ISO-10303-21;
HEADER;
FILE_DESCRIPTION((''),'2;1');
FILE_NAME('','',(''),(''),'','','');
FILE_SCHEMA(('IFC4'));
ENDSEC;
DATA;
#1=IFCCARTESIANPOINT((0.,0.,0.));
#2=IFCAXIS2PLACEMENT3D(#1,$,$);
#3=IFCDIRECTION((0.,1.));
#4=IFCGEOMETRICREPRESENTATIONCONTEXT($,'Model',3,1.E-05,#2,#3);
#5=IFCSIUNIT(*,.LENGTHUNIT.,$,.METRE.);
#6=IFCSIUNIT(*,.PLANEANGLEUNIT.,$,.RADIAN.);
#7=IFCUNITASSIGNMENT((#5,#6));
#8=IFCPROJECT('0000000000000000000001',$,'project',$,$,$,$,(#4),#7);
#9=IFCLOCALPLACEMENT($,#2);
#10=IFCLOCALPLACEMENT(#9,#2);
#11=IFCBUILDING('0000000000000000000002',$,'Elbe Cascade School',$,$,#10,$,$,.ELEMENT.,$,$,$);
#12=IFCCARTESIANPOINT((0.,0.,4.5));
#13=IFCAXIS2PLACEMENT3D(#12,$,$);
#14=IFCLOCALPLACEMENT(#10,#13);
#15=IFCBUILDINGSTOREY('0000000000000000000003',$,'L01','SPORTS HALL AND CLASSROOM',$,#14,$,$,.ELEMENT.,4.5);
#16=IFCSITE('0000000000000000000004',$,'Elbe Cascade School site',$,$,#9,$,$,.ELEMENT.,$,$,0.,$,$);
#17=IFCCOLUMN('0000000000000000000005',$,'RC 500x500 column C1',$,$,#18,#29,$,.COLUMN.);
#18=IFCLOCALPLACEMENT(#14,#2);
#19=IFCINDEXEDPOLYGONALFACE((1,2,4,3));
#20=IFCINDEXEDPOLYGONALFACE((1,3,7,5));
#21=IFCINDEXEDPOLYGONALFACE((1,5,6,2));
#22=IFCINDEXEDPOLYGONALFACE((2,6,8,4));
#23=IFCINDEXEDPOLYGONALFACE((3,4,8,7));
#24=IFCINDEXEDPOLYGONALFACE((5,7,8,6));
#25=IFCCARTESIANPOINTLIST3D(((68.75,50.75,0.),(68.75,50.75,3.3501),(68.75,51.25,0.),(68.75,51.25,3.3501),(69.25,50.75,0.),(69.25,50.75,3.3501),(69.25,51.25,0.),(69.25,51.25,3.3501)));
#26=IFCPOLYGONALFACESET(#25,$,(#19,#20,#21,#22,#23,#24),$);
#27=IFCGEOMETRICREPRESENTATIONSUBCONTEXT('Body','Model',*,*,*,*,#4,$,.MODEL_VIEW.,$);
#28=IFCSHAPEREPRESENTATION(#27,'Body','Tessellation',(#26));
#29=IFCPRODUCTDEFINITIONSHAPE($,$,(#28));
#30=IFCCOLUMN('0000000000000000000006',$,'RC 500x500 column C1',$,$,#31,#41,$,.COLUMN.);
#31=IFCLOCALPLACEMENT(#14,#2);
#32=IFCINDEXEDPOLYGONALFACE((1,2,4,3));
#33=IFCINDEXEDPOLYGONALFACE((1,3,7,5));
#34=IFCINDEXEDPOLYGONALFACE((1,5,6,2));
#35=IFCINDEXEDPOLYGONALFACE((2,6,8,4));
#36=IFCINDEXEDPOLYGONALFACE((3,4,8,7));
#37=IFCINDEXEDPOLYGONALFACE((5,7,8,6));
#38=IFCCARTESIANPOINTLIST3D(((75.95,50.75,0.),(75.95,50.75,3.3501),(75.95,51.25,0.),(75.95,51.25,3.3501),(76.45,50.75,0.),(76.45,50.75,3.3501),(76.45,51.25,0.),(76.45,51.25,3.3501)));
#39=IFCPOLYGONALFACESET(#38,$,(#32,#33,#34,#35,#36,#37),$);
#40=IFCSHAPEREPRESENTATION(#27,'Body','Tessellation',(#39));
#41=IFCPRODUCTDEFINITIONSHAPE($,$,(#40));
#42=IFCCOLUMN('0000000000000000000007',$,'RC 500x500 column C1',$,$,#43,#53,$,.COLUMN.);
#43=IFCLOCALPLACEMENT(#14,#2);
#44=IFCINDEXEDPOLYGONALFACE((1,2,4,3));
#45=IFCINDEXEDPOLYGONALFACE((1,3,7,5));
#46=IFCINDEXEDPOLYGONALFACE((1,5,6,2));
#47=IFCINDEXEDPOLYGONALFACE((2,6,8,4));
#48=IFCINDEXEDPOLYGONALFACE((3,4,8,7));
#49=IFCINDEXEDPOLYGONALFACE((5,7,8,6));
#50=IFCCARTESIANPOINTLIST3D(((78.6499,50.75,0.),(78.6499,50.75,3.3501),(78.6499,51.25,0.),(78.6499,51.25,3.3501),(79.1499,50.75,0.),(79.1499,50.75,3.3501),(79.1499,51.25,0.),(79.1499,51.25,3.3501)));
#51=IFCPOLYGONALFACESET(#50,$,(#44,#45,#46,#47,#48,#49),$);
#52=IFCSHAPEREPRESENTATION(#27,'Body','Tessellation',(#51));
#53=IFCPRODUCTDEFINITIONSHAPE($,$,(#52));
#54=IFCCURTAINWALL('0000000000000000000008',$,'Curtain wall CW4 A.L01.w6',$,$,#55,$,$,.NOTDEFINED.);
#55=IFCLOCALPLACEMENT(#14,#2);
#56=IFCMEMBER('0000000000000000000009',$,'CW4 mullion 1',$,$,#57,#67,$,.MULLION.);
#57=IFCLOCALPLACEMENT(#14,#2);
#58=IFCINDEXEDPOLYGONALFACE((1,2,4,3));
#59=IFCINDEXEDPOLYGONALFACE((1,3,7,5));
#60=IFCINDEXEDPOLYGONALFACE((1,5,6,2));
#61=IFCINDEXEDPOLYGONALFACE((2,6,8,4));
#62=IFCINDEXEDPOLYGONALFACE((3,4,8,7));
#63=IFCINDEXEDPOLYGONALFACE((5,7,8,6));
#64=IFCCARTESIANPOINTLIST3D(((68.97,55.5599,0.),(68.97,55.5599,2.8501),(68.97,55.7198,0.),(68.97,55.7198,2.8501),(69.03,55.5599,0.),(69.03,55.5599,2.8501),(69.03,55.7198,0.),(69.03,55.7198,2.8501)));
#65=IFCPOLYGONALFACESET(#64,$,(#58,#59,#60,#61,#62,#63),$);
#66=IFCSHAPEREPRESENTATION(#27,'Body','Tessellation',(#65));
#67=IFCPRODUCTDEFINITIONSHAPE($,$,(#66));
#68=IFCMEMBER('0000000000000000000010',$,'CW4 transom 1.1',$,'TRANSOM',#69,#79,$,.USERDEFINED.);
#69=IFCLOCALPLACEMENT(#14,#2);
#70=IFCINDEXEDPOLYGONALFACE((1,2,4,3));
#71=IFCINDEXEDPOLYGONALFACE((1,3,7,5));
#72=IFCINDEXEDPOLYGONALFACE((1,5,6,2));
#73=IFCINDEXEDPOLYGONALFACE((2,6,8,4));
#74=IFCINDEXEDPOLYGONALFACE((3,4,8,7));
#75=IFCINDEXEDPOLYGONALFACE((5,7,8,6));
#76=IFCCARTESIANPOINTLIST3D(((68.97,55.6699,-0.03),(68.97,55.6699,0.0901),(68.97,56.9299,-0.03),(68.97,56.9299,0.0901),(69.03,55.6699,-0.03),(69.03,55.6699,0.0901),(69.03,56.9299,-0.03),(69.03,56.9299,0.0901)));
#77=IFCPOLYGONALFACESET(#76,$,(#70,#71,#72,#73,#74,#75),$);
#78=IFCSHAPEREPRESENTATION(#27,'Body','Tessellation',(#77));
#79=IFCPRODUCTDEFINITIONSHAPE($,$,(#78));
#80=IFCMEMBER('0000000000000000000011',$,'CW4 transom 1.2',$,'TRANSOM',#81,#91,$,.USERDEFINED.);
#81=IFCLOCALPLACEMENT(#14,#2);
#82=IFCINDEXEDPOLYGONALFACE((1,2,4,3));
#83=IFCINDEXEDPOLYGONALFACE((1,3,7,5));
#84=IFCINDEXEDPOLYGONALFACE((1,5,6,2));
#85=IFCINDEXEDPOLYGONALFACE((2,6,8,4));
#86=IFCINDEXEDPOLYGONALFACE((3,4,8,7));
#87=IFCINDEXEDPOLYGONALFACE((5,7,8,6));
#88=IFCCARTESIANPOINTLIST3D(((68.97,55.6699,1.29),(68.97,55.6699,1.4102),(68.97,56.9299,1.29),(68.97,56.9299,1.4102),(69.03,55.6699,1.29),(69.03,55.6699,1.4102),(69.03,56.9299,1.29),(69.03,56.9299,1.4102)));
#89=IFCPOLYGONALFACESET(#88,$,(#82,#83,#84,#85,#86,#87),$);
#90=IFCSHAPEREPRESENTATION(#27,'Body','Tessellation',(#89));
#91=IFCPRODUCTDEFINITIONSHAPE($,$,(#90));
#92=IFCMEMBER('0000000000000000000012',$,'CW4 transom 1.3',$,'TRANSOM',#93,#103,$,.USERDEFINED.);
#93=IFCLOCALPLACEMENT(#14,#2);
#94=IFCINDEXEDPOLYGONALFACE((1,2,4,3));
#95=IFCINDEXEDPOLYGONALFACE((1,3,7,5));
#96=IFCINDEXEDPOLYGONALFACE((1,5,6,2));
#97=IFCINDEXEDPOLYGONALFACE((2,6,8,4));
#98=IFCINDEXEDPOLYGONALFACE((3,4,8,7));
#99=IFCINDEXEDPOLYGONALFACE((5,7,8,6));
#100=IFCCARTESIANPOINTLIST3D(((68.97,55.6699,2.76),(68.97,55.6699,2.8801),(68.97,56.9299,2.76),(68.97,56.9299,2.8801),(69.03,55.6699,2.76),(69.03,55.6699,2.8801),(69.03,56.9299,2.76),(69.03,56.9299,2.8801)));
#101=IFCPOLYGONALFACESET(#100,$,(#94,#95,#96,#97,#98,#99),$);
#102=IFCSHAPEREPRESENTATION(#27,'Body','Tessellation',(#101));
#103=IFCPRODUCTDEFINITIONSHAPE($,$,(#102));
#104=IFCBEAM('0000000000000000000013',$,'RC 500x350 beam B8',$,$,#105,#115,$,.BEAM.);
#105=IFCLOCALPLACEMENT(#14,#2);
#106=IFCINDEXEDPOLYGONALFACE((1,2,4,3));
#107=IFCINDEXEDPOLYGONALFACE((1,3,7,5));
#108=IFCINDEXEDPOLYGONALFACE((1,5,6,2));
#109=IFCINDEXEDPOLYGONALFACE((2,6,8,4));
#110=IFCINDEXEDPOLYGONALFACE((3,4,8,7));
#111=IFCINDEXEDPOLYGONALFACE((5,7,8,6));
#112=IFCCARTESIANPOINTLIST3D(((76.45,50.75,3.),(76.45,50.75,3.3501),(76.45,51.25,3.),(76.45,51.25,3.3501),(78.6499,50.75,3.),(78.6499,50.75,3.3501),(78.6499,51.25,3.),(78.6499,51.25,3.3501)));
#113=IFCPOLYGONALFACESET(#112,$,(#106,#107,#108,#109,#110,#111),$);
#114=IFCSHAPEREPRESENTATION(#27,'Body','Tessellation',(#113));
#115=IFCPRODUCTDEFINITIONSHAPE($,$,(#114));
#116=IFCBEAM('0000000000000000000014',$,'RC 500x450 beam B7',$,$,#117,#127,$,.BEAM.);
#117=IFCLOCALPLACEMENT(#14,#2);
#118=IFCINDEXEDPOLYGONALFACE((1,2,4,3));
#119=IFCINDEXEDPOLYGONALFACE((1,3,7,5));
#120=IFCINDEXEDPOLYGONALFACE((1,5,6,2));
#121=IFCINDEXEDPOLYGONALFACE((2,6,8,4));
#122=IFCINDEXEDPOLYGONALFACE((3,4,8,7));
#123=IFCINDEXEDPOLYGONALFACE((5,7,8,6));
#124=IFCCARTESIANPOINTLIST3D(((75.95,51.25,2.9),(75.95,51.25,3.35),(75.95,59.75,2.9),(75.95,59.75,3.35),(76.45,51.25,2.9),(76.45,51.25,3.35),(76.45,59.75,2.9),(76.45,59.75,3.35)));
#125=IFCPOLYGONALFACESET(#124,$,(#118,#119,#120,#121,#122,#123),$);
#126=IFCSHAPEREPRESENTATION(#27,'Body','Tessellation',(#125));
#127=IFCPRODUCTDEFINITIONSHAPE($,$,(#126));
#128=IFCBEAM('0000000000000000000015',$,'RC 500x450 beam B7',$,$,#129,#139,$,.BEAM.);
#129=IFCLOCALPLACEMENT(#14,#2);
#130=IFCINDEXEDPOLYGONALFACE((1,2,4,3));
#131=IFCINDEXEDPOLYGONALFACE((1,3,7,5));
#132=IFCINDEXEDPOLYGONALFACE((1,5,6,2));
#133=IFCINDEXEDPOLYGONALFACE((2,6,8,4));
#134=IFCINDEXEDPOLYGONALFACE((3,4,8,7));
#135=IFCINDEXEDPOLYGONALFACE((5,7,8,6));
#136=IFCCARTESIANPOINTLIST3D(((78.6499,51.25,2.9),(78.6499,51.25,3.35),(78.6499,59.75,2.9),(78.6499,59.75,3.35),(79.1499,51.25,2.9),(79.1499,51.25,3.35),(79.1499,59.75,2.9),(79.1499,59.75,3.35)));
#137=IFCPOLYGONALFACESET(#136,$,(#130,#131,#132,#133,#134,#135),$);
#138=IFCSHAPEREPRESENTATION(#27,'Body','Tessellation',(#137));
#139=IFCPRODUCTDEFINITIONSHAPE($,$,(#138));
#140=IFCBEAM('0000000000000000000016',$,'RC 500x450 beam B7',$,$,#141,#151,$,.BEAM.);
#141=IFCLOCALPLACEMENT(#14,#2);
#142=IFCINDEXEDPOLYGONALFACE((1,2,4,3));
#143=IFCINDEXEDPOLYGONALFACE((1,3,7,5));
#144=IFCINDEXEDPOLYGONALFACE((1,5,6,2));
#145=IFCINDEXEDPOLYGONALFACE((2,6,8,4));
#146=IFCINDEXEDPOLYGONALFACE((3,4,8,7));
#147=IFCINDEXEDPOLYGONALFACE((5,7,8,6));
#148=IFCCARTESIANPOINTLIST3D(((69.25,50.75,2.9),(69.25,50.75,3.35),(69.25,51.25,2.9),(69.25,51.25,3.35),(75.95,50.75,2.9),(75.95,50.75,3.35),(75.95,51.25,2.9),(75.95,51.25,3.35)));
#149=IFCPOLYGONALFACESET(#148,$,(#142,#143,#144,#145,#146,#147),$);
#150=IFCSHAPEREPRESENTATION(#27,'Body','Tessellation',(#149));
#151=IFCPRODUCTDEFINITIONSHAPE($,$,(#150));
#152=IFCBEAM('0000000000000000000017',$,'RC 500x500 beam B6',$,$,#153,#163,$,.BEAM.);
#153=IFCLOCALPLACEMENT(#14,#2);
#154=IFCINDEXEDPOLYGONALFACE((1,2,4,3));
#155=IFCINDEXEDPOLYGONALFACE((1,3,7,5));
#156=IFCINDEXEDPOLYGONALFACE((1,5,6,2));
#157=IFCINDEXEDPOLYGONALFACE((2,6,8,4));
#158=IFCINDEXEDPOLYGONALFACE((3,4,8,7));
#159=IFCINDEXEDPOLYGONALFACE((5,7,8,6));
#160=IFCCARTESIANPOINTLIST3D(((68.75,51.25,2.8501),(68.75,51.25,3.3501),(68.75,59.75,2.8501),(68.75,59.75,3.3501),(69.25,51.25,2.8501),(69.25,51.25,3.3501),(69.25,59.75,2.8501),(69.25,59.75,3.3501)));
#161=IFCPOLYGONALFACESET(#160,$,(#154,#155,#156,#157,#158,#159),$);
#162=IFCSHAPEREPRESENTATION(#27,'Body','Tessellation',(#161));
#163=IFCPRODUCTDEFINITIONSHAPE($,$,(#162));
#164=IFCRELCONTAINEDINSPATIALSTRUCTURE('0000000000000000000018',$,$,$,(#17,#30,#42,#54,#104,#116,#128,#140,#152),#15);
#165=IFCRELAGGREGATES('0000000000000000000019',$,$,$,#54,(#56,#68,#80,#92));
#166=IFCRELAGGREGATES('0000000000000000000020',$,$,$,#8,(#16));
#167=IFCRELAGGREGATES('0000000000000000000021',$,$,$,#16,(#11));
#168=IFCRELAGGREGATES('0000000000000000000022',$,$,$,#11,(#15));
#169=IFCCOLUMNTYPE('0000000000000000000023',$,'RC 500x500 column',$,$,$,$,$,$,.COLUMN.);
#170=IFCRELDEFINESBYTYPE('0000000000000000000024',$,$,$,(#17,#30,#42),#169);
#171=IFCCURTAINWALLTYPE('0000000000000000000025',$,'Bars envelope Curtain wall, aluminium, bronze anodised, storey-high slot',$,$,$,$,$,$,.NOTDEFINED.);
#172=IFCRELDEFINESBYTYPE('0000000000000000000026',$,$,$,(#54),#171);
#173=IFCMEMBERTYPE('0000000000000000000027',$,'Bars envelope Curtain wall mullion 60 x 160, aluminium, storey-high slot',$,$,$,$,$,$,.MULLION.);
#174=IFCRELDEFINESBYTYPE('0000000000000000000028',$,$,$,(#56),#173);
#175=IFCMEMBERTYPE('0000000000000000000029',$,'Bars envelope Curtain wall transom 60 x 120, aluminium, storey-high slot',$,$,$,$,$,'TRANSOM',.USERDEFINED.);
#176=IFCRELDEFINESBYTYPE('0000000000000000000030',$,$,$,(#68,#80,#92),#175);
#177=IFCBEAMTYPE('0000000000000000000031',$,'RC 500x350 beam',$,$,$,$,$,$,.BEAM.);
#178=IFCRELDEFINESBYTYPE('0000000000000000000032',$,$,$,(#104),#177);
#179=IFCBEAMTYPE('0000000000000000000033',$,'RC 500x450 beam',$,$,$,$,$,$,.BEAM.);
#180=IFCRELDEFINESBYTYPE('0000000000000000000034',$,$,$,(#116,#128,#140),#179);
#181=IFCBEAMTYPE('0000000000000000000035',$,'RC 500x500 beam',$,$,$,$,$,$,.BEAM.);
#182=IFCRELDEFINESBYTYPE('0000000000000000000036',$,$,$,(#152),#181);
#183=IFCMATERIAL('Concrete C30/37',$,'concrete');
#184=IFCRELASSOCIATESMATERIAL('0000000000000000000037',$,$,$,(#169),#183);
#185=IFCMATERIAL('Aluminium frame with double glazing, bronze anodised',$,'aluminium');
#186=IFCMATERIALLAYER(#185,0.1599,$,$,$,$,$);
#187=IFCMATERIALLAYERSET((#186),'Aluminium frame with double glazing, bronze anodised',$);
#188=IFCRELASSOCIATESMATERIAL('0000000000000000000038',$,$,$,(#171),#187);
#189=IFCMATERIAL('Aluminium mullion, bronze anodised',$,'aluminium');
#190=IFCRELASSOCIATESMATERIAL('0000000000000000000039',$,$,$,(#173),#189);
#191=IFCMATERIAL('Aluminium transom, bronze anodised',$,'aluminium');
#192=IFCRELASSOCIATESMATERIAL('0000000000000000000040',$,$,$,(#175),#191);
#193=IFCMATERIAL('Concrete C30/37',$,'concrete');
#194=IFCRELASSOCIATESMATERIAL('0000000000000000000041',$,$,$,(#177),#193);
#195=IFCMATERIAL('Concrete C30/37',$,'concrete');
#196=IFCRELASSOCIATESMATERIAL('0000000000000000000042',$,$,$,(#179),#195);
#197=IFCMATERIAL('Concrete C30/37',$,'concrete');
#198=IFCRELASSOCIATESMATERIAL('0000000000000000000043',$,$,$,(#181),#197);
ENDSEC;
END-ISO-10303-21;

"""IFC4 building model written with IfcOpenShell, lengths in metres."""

from ifc_helpers import new_model, si_unit, direction, frame, origin, origin_2d, place, context, subcontext, project, spatial, rectangle, extrude, material, layer, layer_set, material_profile, profile_set, type_object, element, aggregate, save


model = new_model("IFC4")

# Units and contexts
model_context = context("Model", 3, precision=1e-05, world=origin(), true_north=direction((0.0, 1.0)))
body_context = subcontext(model_context, "Body", "Model", "MODEL_VIEW")
ifc_project = project(units=[si_unit("LENGTHUNIT", "METRE"), si_unit("PLANEANGLEUNIT", "RADIAN")], contexts=[model_context])

# Site, building, storey
site_placement = place(None, origin())
site = spatial("IfcSite", under=ifc_project, at=site_placement, Name="Elbe Cascade School site", CompositionType="ELEMENT", RefElevation=0.0)
building_placement = place(site_placement, origin())
building = spatial("IfcBuilding", under=site, at=building_placement, Name="Elbe Cascade School", CompositionType="ELEMENT")
storey_placement = place(building_placement, frame((0.0, 0.0, 4.5)))
storey = spatial("IfcBuildingStorey", under=building, at=storey_placement, Name="L01", Description="SPORTS HALL AND CLASSROOM", CompositionType="ELEMENT", Elevation=4.5)

# Columns
ifc_material_1 = material(Name="Concrete C30/37", Category="concrete")
ifc_material_profile_1 = material_profile(ifc_material_1, rectangle(XDim=0.5, YDim=0.5, at=origin_2d()), Name="RC 500x500")
ifc_profile_set_1 = profile_set([ifc_material_profile_1], Name="Concrete C30/37")
column_type = type_object("IfcColumnType", Name="RC 500x500 column", PredefinedType="COLUMN", material=ifc_profile_set_1)
for number, where, z_axis, x_axis, name in (
    (1, (69.0, 51.0, 0.0), (0.0, 0.0, 1.0), (1.0, 0.0, 0.0), "RC 500x500 column C1"),
    (2, (76.2, 51.0, 0.0), (0.0, 0.0, 1.0), (1.0, 0.0, 0.0), "RC 500x500 column C1"),
    (3, (78.8999, 51.0, 0.0), (0.0, 0.0, 1.0), (1.0, 0.0, 0.0), "RC 500x500 column C1"),
):
    element("IfcColumn", number, at=place(storey_placement, frame(where, z_axis=z_axis, x_axis=x_axis)), inside=storey, type_object=column_type, Name=name, PredefinedType="COLUMN", context=body_context, shape_type="SweptSolid", body=[
        extrude(rectangle(XDim=0.5, YDim=0.5, at=origin_2d()), origin(), (0.0, 0.0, 1.0), 3.3501),
    ])

# Curtain wall, members
ifc_material_2 = material(Name="Aluminium frame with double glazing, bronze anodised", Category="aluminium")
ifc_layer_1 = layer(ifc_material_2, 0.1599)
ifc_layer_set_1 = layer_set([ifc_layer_1], Name="Aluminium frame with double glazing, bronze anodised")
curtain_wall_type = type_object("IfcCurtainWallType", Name="Bars envelope Curtain wall, aluminium, bronze anodised, storey-high slot", PredefinedType="NOTDEFINED", material=ifc_layer_set_1)
curtain_wall_placement = place(storey_placement, origin())
curtain_wall = element("IfcCurtainWall", 4, at=curtain_wall_placement, inside=storey, type_object=curtain_wall_type, Name="Curtain wall CW4 A.L01.w6", PredefinedType="NOTDEFINED")
ifc_material_3 = material(Name="Aluminium mullion, bronze anodised", Category="aluminium")
ifc_material_profile_2 = material_profile(ifc_material_3, rectangle(XDim=0.0601, YDim=0.1599, at=origin_2d()), Name="Bars envelope Curtain wall mullion 60 x 160, aluminium, storey-high slot")
ifc_profile_set_2 = profile_set([ifc_material_profile_2], Name="Aluminium mullion, bronze anodised")
member_type_1 = type_object("IfcMemberType", Name="Bars envelope Curtain wall mullion 60 x 160, aluminium, storey-high slot", PredefinedType="MULLION", material=ifc_profile_set_2)
member_1_placement = place(storey_placement, frame((69.0, 55.6399, 0.0), z_axis=(0.0, 0.0, 1.0), x_axis=(-1.0, 0.0, 0.0)))
member_1 = element("IfcMember", 5, at=member_1_placement, type_object=member_type_1, Name="CW4 mullion 1", PredefinedType="MULLION", context=body_context, shape_type="SweptSolid", body=[
    extrude(rectangle(XDim=0.0601, YDim=0.1599, at=origin_2d()), origin(), (0.0, 0.0, 1.0), 2.8501),
])
ifc_material_4 = material(Name="Aluminium transom, bronze anodised", Category="aluminium")
ifc_material_profile_3 = material_profile(ifc_material_4, rectangle(XDim=0.0601, YDim=0.1201, at=origin_2d()), Name="Bars envelope Curtain wall transom 60 x 120, aluminium, storey-high slot")
ifc_profile_set_3 = profile_set([ifc_material_profile_3], Name="Aluminium transom, bronze anodised")
member_type_2 = type_object("IfcMemberType", Name="Bars envelope Curtain wall transom 60 x 120, aluminium, storey-high slot", ElementType="TRANSOM", PredefinedType="USERDEFINED", material=ifc_profile_set_3)
member_2_placement = place(storey_placement, frame((69.0, 55.6699, 0.03), z_axis=(0.0, 1.0, 0.0), x_axis=(-1.0, 0.0, 0.0)))
member_2 = element("IfcMember", 6, at=member_2_placement, type_object=member_type_2, Name="CW4 transom 1.1", ObjectType="TRANSOM", PredefinedType="USERDEFINED", context=body_context, shape_type="SweptSolid", body=[
    extrude(rectangle(XDim=0.0601, YDim=0.1201, at=origin_2d()), origin(), (0.0, 0.0, 1.0), 1.26),
])
member_3_placement = place(storey_placement, frame((69.0, 55.6699, 1.3501), z_axis=(0.0, 1.0, 0.0), x_axis=(-1.0, 0.0, 0.0)))
member_3 = element("IfcMember", 7, at=member_3_placement, type_object=member_type_2, Name="CW4 transom 1.2", ObjectType="TRANSOM", PredefinedType="USERDEFINED", context=body_context, shape_type="SweptSolid", body=[
    extrude(rectangle(XDim=0.0601, YDim=0.1201, at=origin_2d()), origin(), (0.0, 0.0, 1.0), 1.26),
])
member_4_placement = place(storey_placement, frame((69.0, 55.6699, 2.8201), z_axis=(0.0, 1.0, 0.0), x_axis=(-1.0, 0.0, 0.0)))
member_4 = element("IfcMember", 8, at=member_4_placement, type_object=member_type_2, Name="CW4 transom 1.3", ObjectType="TRANSOM", PredefinedType="USERDEFINED", context=body_context, shape_type="SweptSolid", body=[
    extrude(rectangle(XDim=0.0601, YDim=0.1201, at=origin_2d()), origin(), (0.0, 0.0, 1.0), 1.26),
])
aggregate(curtain_wall, [member_1, member_2, member_3, member_4])

# Beams
ifc_material_5 = material(Name="Concrete C30/37", Category="concrete")
ifc_material_profile_4 = material_profile(ifc_material_5, rectangle(XDim=0.5, YDim=0.3501, at=origin_2d()), Name="RC 500x350")
ifc_profile_set_4 = profile_set([ifc_material_profile_4], Name="Concrete C30/37")
beam_type_1 = type_object("IfcBeamType", Name="RC 500x350 beam", PredefinedType="BEAM", material=ifc_profile_set_4)
beam_1_placement = place(storey_placement, frame((76.45, 51.0, 3.175), z_axis=(1.0, 0.0, 0.0), x_axis=(0.0, 1.0, 0.0)))
element("IfcBeam", 9, at=beam_1_placement, inside=storey, type_object=beam_type_1, Name="RC 500x350 beam B8", PredefinedType="BEAM", context=body_context, shape_type="SweptSolid", body=[
    extrude(rectangle(XDim=0.5, YDim=0.3501, at=origin_2d()), origin(), (0.0, 0.0, 1.0), 2.2),
])
ifc_material_6 = material(Name="Concrete C30/37", Category="concrete")
ifc_material_profile_5 = material_profile(ifc_material_6, rectangle(XDim=0.5, YDim=0.45, at=origin_2d()), Name="RC 500x450")
ifc_profile_set_5 = profile_set([ifc_material_profile_5], Name="Concrete C30/37")
beam_type_2 = type_object("IfcBeamType", Name="RC 500x450 beam", PredefinedType="BEAM", material=ifc_profile_set_5)
for number, where, z_axis, x_axis, name in (
    (10, (76.2, 51.25, 3.125), (0.0, 1.0, 0.0), (-1.0, 0.0, 0.0), "RC 500x450 beam B7"),
    (11, (78.8999, 51.25, 3.125), (0.0, 1.0, 0.0), (-1.0, 0.0, 0.0), "RC 500x450 beam B7"),
):
    element("IfcBeam", number, at=place(storey_placement, frame(where, z_axis=z_axis, x_axis=x_axis)), inside=storey, type_object=beam_type_2, Name=name, PredefinedType="BEAM", context=body_context, shape_type="SweptSolid", body=[
        extrude(rectangle(XDim=0.5, YDim=0.45, at=origin_2d()), origin(), (0.0, 0.0, 1.0), 8.5),
    ])
beam_2_placement = place(storey_placement, frame((69.25, 51.0, 3.125), z_axis=(1.0, 0.0, 0.0), x_axis=(0.0, 1.0, 0.0)))
element("IfcBeam", 12, at=beam_2_placement, inside=storey, type_object=beam_type_2, Name="RC 500x450 beam B7", PredefinedType="BEAM", context=body_context, shape_type="SweptSolid", body=[
    extrude(rectangle(XDim=0.5, YDim=0.45, at=origin_2d()), origin(), (0.0, 0.0, 1.0), 6.7),
])
ifc_material_7 = material(Name="Concrete C30/37", Category="concrete")
ifc_material_profile_6 = material_profile(ifc_material_7, rectangle(XDim=0.5, YDim=0.5, at=origin_2d()), Name="RC 500x500")
ifc_profile_set_6 = profile_set([ifc_material_profile_6], Name="Concrete C30/37")
beam_type_3 = type_object("IfcBeamType", Name="RC 500x500 beam", PredefinedType="BEAM", material=ifc_profile_set_6)
beam_3_placement = place(storey_placement, frame((69.0, 51.25, 3.1001), z_axis=(0.0, 1.0, 0.0), x_axis=(-1.0, 0.0, 0.0)))
element("IfcBeam", 13, at=beam_3_placement, inside=storey, type_object=beam_type_3, Name="RC 500x500 beam B6", PredefinedType="BEAM", context=body_context, shape_type="SweptSolid", body=[
    extrude(rectangle(XDim=0.5, YDim=0.5, at=origin_2d()), origin(), (0.0, 0.0, 1.0), 8.5),
])

save(model, "model.ifc")
